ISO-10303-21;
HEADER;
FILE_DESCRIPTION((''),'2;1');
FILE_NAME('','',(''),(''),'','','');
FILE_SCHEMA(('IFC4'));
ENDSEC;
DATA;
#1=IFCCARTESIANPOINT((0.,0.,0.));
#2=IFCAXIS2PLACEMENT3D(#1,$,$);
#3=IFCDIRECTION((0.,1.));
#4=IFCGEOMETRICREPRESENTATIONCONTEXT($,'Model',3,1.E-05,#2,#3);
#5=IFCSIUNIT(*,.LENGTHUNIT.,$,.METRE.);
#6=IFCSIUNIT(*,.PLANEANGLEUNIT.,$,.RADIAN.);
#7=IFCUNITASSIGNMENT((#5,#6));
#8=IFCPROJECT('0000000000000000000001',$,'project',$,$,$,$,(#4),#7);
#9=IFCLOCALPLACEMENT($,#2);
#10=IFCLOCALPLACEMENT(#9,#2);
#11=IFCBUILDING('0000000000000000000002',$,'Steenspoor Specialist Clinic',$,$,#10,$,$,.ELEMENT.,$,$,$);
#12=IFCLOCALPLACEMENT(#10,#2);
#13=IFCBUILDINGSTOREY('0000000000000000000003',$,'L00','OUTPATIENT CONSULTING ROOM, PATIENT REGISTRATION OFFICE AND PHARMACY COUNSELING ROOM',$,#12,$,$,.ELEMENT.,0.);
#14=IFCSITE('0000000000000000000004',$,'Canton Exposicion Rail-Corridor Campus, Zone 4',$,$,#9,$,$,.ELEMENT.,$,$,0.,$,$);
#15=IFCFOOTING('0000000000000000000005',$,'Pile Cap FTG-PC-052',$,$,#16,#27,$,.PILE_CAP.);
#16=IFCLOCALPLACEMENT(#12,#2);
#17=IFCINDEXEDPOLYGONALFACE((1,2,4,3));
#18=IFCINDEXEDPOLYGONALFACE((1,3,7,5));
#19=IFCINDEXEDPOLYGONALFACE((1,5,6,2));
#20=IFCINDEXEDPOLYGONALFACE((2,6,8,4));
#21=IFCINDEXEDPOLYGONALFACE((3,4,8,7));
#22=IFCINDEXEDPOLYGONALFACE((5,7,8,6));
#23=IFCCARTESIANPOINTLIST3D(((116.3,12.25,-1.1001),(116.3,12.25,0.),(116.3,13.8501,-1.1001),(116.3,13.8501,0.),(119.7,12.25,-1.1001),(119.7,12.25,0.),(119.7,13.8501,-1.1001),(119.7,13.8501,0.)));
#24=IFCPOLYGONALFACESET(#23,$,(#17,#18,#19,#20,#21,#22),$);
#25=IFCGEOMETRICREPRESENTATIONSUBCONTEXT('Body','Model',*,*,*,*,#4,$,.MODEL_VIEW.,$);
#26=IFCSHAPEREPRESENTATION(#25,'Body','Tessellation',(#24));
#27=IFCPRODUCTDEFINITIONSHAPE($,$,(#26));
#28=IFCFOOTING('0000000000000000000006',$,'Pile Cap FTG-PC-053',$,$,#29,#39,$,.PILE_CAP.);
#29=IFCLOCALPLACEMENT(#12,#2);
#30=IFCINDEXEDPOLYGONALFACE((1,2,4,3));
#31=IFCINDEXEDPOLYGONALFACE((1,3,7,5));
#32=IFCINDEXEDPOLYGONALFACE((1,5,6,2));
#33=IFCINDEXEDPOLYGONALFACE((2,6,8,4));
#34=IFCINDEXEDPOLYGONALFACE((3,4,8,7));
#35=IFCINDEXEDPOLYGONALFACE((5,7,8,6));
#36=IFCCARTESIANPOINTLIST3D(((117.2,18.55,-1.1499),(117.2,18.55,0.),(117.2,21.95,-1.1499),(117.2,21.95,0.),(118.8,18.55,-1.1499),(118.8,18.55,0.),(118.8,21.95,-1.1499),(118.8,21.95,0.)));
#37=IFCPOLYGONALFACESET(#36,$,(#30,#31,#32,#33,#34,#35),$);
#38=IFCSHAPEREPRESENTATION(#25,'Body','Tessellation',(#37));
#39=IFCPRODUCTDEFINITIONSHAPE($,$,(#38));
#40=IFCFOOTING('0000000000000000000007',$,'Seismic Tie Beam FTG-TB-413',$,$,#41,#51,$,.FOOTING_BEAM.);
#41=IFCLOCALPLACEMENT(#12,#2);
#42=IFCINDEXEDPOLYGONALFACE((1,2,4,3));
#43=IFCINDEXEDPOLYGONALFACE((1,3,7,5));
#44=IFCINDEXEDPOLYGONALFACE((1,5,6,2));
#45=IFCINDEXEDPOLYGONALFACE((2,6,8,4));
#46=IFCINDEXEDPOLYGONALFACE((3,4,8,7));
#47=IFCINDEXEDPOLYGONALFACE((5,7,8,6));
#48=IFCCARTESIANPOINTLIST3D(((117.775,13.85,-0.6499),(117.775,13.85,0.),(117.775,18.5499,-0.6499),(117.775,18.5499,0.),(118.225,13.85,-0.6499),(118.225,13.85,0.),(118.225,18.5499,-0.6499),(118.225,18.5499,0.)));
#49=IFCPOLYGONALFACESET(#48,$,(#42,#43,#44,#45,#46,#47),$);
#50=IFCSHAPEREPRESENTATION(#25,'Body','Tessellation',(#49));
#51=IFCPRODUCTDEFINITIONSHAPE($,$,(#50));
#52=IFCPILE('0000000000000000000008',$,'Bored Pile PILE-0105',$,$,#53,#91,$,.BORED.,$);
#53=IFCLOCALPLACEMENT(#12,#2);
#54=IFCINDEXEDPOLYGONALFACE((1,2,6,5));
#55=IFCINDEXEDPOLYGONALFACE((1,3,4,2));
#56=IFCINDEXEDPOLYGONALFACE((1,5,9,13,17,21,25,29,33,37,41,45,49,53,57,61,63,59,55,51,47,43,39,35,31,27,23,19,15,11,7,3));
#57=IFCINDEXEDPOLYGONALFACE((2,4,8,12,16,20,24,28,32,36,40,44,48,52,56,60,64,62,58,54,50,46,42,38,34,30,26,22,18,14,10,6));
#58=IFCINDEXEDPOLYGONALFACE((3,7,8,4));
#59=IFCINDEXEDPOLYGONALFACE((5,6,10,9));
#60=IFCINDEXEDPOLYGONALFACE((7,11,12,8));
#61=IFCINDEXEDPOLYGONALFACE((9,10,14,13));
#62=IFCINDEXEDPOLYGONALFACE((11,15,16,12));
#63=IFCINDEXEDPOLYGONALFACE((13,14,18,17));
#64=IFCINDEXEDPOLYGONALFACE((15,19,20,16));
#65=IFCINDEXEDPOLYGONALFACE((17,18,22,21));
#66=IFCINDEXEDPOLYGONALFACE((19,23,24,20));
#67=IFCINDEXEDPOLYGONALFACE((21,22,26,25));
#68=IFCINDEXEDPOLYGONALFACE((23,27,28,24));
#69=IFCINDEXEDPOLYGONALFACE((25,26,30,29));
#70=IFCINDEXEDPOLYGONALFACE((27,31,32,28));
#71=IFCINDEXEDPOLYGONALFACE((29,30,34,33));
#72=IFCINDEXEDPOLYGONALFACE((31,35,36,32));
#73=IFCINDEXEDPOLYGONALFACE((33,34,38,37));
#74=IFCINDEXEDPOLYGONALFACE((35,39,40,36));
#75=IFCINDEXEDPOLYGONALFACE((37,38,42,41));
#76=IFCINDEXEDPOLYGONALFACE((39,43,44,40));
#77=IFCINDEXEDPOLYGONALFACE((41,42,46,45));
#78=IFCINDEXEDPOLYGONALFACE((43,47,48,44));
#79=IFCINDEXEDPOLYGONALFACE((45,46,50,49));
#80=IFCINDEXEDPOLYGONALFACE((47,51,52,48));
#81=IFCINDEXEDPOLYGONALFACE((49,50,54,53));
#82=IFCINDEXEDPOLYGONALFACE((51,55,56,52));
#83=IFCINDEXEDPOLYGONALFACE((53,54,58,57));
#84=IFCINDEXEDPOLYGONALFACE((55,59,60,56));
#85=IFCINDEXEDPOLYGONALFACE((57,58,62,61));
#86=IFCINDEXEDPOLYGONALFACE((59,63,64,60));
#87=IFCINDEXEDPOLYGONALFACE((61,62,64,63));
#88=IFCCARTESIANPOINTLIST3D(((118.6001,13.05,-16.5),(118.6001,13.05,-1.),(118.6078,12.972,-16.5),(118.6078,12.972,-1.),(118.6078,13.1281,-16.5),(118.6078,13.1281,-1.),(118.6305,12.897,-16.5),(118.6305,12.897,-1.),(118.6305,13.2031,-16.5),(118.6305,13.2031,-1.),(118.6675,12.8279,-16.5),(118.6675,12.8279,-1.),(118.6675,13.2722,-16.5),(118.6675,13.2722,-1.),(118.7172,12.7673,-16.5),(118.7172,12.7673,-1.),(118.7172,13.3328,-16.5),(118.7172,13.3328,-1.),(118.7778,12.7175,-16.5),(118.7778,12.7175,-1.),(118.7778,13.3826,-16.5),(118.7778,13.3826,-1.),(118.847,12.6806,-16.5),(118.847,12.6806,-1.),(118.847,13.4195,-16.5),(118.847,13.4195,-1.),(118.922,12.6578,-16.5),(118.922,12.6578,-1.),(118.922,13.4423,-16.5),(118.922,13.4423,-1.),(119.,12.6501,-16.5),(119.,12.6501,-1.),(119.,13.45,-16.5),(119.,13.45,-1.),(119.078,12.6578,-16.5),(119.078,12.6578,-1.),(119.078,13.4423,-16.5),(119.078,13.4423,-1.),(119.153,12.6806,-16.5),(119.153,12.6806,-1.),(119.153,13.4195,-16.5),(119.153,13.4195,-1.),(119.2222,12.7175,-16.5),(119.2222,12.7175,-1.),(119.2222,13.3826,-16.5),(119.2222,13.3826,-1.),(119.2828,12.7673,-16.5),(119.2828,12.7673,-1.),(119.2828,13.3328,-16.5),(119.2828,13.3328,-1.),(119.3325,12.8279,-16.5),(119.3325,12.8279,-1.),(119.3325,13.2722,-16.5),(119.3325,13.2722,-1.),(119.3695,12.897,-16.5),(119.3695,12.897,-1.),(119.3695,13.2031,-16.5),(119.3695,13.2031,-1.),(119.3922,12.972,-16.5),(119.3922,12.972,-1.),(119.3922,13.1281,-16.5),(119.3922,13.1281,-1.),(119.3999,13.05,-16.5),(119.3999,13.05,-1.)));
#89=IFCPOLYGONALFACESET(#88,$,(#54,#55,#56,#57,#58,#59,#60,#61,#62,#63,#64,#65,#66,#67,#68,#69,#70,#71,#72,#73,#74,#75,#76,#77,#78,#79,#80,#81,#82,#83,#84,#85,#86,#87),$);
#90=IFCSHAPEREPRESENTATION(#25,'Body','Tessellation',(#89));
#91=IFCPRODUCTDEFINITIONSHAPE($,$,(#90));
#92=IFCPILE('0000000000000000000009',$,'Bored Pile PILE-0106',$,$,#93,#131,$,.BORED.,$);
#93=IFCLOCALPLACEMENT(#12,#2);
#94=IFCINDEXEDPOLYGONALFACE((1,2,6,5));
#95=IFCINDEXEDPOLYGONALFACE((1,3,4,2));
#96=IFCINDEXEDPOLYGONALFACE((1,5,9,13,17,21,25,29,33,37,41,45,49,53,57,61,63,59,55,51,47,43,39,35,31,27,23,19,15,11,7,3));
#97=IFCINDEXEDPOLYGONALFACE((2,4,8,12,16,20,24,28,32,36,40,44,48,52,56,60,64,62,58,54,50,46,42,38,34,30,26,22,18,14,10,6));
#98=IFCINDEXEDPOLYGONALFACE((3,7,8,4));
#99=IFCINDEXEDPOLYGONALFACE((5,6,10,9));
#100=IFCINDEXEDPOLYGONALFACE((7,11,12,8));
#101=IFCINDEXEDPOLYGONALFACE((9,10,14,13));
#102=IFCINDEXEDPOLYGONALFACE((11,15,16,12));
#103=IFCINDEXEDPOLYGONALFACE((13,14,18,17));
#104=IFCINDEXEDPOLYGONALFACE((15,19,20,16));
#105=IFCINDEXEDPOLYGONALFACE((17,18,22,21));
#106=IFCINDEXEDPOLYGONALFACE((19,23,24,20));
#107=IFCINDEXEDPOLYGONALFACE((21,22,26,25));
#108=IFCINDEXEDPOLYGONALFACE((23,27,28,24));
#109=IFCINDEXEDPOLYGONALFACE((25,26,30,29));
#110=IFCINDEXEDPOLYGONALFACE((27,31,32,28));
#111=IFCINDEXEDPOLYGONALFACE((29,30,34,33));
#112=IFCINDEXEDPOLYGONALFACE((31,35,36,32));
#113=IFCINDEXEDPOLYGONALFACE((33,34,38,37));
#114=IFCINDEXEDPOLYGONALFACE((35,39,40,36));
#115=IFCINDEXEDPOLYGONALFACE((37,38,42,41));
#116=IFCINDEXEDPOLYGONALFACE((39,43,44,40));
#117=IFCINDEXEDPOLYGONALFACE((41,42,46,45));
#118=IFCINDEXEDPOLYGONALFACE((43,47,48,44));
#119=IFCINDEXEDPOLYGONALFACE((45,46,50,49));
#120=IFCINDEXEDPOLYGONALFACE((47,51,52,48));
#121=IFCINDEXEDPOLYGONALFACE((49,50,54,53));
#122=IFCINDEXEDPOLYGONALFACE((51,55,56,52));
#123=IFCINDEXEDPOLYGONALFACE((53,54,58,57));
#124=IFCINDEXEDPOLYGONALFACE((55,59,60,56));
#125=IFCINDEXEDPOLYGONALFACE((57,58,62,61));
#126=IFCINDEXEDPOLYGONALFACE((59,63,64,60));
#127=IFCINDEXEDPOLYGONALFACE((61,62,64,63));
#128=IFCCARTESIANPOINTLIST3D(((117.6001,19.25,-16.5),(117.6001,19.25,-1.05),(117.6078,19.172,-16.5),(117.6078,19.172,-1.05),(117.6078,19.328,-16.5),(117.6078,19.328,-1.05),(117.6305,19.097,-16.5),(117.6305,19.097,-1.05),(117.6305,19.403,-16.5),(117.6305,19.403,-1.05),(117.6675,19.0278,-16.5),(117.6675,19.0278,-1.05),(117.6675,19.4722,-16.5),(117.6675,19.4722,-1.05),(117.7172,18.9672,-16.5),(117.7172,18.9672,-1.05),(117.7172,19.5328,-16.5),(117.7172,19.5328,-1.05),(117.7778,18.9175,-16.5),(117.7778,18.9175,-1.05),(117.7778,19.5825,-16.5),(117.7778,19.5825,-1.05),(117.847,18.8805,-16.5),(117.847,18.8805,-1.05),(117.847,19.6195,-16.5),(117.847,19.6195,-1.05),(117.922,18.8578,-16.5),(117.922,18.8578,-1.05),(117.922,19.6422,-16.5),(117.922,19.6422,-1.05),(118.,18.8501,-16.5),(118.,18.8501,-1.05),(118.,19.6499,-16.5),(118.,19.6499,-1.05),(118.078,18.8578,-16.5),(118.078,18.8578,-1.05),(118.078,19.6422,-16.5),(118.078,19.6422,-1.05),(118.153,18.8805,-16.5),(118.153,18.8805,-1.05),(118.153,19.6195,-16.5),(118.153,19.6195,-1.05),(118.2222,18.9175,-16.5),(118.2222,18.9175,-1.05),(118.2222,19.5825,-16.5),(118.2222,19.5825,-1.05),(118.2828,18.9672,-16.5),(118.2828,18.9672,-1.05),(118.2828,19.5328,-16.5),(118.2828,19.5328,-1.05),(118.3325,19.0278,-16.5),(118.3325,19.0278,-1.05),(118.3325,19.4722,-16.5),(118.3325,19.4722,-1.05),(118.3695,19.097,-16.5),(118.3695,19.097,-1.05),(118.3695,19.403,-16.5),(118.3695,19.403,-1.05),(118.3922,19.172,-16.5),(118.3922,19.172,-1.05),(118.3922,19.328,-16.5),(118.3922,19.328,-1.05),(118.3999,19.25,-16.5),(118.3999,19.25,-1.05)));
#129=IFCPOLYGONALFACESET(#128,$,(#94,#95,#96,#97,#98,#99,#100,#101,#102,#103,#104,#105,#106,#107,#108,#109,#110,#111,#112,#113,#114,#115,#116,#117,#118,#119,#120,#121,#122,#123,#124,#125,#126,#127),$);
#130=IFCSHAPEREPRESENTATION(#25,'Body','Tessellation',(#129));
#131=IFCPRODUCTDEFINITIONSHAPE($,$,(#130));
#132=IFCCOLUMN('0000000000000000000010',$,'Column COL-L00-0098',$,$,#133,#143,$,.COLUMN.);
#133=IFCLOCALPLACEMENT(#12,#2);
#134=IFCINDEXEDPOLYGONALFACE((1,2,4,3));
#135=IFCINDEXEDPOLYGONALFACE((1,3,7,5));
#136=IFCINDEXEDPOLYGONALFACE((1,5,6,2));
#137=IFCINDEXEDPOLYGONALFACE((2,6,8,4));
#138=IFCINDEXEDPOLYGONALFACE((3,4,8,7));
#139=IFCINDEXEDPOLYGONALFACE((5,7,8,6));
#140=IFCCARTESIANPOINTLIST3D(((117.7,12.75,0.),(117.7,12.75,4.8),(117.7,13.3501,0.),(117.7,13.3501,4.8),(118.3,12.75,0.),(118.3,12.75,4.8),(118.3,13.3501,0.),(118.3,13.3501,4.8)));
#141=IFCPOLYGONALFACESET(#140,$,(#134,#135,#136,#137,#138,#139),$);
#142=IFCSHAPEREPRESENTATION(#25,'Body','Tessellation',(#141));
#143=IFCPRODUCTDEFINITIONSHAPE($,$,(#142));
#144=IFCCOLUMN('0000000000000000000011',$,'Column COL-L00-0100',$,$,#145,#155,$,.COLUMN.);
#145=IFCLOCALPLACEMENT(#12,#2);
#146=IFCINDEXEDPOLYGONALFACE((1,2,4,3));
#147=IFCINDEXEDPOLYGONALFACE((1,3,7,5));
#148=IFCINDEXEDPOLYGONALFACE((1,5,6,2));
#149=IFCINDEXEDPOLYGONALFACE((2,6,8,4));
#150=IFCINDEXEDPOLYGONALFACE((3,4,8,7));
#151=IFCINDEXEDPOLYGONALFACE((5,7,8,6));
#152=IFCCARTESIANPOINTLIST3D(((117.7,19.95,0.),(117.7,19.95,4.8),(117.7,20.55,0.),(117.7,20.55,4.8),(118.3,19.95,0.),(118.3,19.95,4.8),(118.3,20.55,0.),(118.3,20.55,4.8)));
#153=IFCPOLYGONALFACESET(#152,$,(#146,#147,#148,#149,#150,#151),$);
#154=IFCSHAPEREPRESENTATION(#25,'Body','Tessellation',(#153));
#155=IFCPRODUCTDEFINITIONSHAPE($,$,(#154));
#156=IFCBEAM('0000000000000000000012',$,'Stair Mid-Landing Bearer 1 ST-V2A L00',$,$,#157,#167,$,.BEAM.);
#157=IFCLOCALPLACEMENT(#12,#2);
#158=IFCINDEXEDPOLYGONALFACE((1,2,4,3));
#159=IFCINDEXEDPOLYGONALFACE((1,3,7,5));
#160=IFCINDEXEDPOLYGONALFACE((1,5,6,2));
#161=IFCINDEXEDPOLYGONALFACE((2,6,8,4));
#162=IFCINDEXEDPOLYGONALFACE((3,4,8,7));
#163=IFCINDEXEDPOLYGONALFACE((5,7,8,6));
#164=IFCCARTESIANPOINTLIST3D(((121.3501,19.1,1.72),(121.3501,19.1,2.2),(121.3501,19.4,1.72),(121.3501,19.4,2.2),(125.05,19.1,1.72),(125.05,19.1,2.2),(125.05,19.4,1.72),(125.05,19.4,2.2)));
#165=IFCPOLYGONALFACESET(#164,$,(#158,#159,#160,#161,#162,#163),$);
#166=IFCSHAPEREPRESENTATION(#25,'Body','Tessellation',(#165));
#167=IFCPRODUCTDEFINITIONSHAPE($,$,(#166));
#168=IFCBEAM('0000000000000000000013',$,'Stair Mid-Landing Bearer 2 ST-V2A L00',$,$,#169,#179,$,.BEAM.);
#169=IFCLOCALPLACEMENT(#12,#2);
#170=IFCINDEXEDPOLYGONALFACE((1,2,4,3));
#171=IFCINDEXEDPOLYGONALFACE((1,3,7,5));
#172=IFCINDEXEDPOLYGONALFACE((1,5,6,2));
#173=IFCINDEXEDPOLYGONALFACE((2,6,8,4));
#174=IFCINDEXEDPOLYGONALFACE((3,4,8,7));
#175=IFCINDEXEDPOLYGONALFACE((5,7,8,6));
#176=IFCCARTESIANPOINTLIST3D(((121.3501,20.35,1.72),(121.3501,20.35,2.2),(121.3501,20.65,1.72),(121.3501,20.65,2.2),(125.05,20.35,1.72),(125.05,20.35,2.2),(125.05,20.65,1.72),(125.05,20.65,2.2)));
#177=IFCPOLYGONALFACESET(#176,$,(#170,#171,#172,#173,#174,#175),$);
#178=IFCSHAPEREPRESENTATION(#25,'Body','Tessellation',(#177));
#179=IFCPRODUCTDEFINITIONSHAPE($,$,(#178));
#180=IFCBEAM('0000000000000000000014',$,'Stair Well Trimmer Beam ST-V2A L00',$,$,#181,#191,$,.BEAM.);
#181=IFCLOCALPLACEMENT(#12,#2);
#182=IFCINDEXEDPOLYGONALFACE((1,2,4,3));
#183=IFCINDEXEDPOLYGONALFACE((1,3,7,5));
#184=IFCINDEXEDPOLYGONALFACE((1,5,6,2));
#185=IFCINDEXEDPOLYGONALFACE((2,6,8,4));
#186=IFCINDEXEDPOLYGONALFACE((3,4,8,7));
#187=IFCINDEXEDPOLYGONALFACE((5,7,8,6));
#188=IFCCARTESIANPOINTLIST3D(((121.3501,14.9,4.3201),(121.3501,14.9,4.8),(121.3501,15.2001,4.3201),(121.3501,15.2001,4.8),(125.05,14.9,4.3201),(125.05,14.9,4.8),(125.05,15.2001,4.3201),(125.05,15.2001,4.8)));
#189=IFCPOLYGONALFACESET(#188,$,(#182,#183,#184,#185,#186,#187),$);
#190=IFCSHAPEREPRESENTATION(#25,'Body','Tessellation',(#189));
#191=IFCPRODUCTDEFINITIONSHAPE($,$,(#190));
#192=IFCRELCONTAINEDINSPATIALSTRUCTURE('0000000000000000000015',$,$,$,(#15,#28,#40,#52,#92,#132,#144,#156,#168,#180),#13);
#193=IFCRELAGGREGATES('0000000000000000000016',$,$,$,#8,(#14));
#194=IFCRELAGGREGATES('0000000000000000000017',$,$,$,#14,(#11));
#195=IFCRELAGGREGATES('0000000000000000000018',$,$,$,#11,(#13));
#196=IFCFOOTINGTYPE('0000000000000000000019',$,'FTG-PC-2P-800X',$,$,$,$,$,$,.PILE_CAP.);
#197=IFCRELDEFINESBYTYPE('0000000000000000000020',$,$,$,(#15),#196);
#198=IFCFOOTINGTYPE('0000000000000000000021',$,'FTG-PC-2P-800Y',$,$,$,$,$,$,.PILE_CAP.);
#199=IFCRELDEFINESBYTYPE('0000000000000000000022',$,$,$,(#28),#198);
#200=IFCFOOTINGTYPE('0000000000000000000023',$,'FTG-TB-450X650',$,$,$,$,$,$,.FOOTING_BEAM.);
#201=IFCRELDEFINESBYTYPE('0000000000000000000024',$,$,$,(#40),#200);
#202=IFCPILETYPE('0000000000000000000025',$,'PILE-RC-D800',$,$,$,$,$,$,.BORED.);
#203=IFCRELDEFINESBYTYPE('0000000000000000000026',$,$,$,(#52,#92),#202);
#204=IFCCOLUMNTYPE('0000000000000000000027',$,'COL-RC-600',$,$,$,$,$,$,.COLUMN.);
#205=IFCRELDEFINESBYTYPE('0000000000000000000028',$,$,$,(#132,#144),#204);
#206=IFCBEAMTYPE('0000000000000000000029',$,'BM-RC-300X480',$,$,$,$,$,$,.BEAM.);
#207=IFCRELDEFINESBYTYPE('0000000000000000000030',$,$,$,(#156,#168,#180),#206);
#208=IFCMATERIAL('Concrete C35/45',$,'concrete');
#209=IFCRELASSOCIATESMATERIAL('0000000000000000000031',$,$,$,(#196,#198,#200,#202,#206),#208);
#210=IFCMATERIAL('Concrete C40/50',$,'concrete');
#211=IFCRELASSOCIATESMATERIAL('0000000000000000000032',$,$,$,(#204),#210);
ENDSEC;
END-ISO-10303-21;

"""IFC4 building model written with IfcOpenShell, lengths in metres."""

from ifc_helpers import new_model, si_unit, direction, frame, origin, origin_2d, place, context, subcontext, project, spatial, rectangle, circle, extrude, material, material_profile, profile_set, type_object, element, save


model = new_model("IFC4")

# Units and contexts
model_context = context("Model", 3, precision=1e-05, world=origin(), true_north=direction((0.0, 1.0)))
body_context = subcontext(model_context, "Body", "Model", "MODEL_VIEW")
ifc_project = project(units=[si_unit("LENGTHUNIT", "METRE"), si_unit("PLANEANGLEUNIT", "RADIAN")], contexts=[model_context])

# Site, building, storey
site_placement = place(None, origin())
site = spatial("IfcSite", under=ifc_project, at=site_placement, Name="Canton Exposicion Rail-Corridor Campus, Zone 4", CompositionType="ELEMENT", RefElevation=0.0)
building_placement = place(site_placement, origin())
building = spatial("IfcBuilding", under=site, at=building_placement, Name="Steenspoor Specialist Clinic", CompositionType="ELEMENT")
storey_placement = place(building_placement, origin())
storey = spatial("IfcBuildingStorey", under=building, at=storey_placement, Name="L00", Description="OUTPATIENT CONSULTING ROOM, PATIENT REGISTRATION OFFICE AND PHARMACY COUNSELING ROOM", CompositionType="ELEMENT", Elevation=0.0)

# Footings
ifc_material_1 = material(Name="Concrete C35/45", Category="concrete")
footing_type_1 = type_object("IfcFootingType", Name="FTG-PC-2P-800X", PredefinedType="PILE_CAP", material=ifc_material_1)
footing_1_placement = place(storey_placement, frame((118.0, 13.05, -1.1001), z_axis=(0.0, 0.0, 1.0), x_axis=(1.0, 0.0, 0.0)))
element("IfcFooting", 1, at=footing_1_placement, inside=storey, type_object=footing_type_1, Name="Pile Cap FTG-PC-052", PredefinedType="PILE_CAP", context=body_context, shape_type="SweptSolid", body=[
    extrude(rectangle(XDim=3.3999, YDim=1.6001, at=origin_2d()), origin(), (0.0, 0.0, 1.0), 1.1001),
])
footing_type_2 = type_object("IfcFootingType", Name="FTG-PC-2P-800Y", PredefinedType="PILE_CAP", material=ifc_material_1)
footing_2_placement = place(storey_placement, frame((118.0, 20.25, -1.1499), z_axis=(0.0, 0.0, 1.0), x_axis=(1.0, 0.0, 0.0)))
element("IfcFooting", 2, at=footing_2_placement, inside=storey, type_object=footing_type_2, Name="Pile Cap FTG-PC-053", PredefinedType="PILE_CAP", context=body_context, shape_type="SweptSolid", body=[
    extrude(rectangle(XDim=1.6001, YDim=3.3999, at=origin_2d()), origin(), (0.0, 0.0, 1.0), 1.1499),
])
footing_type_3 = type_object("IfcFootingType", Name="FTG-TB-450X650", PredefinedType="FOOTING_BEAM", material=ifc_material_1)
footing_3_placement = place(storey_placement, frame((118.0, 16.2, -0.6499), z_axis=(0.0, 0.0, 1.0), x_axis=(1.0, 0.0, 0.0)))
element("IfcFooting", 3, at=footing_3_placement, inside=storey, type_object=footing_type_3, Name="Seismic Tie Beam FTG-TB-413", PredefinedType="FOOTING_BEAM", context=body_context, shape_type="SweptSolid", body=[
    extrude(rectangle(XDim=0.45, YDim=4.7, at=origin_2d()), origin(), (0.0, 0.0, 1.0), 0.6499),
])

# Piles
ifc_material_profile_1 = material_profile(ifc_material_1, circle(Radius=0.3999, at=origin_2d()), Name="PILE-D800")
ifc_profile_set_1 = profile_set([ifc_material_profile_1], Name="Concrete C35/45")
pile_type = type_object("IfcPileType", Name="PILE-RC-D800", PredefinedType="BORED", material=ifc_profile_set_1)
pile_1_placement = place(storey_placement, frame((119.0, 13.05, -1.0), z_axis=(0.0, 0.0, -1.0), x_axis=(1.0, 0.0, 0.0)))
element("IfcPile", 4, at=pile_1_placement, inside=storey, type_object=pile_type, Name="Bored Pile PILE-0105", PredefinedType="BORED", context=body_context, shape_type="SweptSolid", body=[
    extrude(circle(Radius=0.3999, at=origin_2d()), origin(), (0.0, 0.0, 1.0), 15.5),
])
pile_2_placement = place(storey_placement, frame((118.0, 19.25, -1.05), z_axis=(0.0, 0.0, -1.0), x_axis=(1.0, 0.0, 0.0)))
element("IfcPile", 5, at=pile_2_placement, inside=storey, type_object=pile_type, Name="Bored Pile PILE-0106", PredefinedType="BORED", context=body_context, shape_type="SweptSolid", body=[
    extrude(circle(Radius=0.3999, at=origin_2d()), origin(), (0.0, 0.0, 1.0), 15.45),
])

# Columns
ifc_material_2 = material(Name="Concrete C40/50", Category="concrete")
ifc_material_profile_2 = material_profile(ifc_material_2, rectangle(XDim=0.6001, YDim=0.6001, at=origin_2d()), Name="RC-COL-600X600")
ifc_profile_set_2 = profile_set([ifc_material_profile_2], Name="Concrete C40/50")
column_type = type_object("IfcColumnType", Name="COL-RC-600", PredefinedType="COLUMN", material=ifc_profile_set_2)
for number, where, z_axis, x_axis, name in (
    (6, (118.0, 13.05, 0.0), (0.0, 0.0, 1.0), (1.0, 0.0, 0.0), "Column COL-L00-0098"),
    (7, (118.0, 20.25, 0.0), (0.0, 0.0, 1.0), (1.0, 0.0, 0.0), "Column COL-L00-0100"),
):
    element("IfcColumn", number, at=place(storey_placement, frame(where, z_axis=z_axis, x_axis=x_axis)), inside=storey, type_object=column_type, Name=name, PredefinedType="COLUMN", context=body_context, shape_type="SweptSolid", body=[
        extrude(rectangle(XDim=0.6001, YDim=0.6001, at=origin_2d()), origin(), (0.0, 0.0, 1.0), 4.8),
    ])

# Beams
ifc_material_profile_3 = material_profile(ifc_material_1, rectangle(XDim=0.3, YDim=0.48, at=origin_2d()), Name="RC-BM-300X480")
ifc_profile_set_3 = profile_set([ifc_material_profile_3], Name="Concrete C35/45")
beam_type_1 = type_object("IfcBeamType", Name="BM-RC-300X480", PredefinedType="BEAM", material=ifc_profile_set_3)
for number, where, z_axis, x_axis, name in (
    (8, (121.3501, 19.25, 1.96), (1.0, 0.0, 0.0), (0.0, 1.0, 0.0), "Stair Mid-Landing Bearer 1 ST-V2A L00"),
    (9, (121.3501, 20.5, 1.96), (1.0, 0.0, 0.0), (0.0, 1.0, 0.0), "Stair Mid-Landing Bearer 2 ST-V2A L00"),
    (10, (121.3501, 15.05, 4.5601), (1.0, 0.0, 0.0), (0.0, 1.0, 0.0), "Stair Well Trimmer Beam ST-V2A L00"),
):
    element("IfcBeam", number, at=place(storey_placement, frame(where, z_axis=z_axis, x_axis=x_axis)), inside=storey, type_object=beam_type_1, Name=name, PredefinedType="BEAM", context=body_context, shape_type="SweptSolid", body=[
        extrude(rectangle(XDim=0.3, YDim=0.48, at=origin_2d()), origin(), (0.0, 0.0, 1.0), 3.7),
    ])

save(model, "model.ifc")
